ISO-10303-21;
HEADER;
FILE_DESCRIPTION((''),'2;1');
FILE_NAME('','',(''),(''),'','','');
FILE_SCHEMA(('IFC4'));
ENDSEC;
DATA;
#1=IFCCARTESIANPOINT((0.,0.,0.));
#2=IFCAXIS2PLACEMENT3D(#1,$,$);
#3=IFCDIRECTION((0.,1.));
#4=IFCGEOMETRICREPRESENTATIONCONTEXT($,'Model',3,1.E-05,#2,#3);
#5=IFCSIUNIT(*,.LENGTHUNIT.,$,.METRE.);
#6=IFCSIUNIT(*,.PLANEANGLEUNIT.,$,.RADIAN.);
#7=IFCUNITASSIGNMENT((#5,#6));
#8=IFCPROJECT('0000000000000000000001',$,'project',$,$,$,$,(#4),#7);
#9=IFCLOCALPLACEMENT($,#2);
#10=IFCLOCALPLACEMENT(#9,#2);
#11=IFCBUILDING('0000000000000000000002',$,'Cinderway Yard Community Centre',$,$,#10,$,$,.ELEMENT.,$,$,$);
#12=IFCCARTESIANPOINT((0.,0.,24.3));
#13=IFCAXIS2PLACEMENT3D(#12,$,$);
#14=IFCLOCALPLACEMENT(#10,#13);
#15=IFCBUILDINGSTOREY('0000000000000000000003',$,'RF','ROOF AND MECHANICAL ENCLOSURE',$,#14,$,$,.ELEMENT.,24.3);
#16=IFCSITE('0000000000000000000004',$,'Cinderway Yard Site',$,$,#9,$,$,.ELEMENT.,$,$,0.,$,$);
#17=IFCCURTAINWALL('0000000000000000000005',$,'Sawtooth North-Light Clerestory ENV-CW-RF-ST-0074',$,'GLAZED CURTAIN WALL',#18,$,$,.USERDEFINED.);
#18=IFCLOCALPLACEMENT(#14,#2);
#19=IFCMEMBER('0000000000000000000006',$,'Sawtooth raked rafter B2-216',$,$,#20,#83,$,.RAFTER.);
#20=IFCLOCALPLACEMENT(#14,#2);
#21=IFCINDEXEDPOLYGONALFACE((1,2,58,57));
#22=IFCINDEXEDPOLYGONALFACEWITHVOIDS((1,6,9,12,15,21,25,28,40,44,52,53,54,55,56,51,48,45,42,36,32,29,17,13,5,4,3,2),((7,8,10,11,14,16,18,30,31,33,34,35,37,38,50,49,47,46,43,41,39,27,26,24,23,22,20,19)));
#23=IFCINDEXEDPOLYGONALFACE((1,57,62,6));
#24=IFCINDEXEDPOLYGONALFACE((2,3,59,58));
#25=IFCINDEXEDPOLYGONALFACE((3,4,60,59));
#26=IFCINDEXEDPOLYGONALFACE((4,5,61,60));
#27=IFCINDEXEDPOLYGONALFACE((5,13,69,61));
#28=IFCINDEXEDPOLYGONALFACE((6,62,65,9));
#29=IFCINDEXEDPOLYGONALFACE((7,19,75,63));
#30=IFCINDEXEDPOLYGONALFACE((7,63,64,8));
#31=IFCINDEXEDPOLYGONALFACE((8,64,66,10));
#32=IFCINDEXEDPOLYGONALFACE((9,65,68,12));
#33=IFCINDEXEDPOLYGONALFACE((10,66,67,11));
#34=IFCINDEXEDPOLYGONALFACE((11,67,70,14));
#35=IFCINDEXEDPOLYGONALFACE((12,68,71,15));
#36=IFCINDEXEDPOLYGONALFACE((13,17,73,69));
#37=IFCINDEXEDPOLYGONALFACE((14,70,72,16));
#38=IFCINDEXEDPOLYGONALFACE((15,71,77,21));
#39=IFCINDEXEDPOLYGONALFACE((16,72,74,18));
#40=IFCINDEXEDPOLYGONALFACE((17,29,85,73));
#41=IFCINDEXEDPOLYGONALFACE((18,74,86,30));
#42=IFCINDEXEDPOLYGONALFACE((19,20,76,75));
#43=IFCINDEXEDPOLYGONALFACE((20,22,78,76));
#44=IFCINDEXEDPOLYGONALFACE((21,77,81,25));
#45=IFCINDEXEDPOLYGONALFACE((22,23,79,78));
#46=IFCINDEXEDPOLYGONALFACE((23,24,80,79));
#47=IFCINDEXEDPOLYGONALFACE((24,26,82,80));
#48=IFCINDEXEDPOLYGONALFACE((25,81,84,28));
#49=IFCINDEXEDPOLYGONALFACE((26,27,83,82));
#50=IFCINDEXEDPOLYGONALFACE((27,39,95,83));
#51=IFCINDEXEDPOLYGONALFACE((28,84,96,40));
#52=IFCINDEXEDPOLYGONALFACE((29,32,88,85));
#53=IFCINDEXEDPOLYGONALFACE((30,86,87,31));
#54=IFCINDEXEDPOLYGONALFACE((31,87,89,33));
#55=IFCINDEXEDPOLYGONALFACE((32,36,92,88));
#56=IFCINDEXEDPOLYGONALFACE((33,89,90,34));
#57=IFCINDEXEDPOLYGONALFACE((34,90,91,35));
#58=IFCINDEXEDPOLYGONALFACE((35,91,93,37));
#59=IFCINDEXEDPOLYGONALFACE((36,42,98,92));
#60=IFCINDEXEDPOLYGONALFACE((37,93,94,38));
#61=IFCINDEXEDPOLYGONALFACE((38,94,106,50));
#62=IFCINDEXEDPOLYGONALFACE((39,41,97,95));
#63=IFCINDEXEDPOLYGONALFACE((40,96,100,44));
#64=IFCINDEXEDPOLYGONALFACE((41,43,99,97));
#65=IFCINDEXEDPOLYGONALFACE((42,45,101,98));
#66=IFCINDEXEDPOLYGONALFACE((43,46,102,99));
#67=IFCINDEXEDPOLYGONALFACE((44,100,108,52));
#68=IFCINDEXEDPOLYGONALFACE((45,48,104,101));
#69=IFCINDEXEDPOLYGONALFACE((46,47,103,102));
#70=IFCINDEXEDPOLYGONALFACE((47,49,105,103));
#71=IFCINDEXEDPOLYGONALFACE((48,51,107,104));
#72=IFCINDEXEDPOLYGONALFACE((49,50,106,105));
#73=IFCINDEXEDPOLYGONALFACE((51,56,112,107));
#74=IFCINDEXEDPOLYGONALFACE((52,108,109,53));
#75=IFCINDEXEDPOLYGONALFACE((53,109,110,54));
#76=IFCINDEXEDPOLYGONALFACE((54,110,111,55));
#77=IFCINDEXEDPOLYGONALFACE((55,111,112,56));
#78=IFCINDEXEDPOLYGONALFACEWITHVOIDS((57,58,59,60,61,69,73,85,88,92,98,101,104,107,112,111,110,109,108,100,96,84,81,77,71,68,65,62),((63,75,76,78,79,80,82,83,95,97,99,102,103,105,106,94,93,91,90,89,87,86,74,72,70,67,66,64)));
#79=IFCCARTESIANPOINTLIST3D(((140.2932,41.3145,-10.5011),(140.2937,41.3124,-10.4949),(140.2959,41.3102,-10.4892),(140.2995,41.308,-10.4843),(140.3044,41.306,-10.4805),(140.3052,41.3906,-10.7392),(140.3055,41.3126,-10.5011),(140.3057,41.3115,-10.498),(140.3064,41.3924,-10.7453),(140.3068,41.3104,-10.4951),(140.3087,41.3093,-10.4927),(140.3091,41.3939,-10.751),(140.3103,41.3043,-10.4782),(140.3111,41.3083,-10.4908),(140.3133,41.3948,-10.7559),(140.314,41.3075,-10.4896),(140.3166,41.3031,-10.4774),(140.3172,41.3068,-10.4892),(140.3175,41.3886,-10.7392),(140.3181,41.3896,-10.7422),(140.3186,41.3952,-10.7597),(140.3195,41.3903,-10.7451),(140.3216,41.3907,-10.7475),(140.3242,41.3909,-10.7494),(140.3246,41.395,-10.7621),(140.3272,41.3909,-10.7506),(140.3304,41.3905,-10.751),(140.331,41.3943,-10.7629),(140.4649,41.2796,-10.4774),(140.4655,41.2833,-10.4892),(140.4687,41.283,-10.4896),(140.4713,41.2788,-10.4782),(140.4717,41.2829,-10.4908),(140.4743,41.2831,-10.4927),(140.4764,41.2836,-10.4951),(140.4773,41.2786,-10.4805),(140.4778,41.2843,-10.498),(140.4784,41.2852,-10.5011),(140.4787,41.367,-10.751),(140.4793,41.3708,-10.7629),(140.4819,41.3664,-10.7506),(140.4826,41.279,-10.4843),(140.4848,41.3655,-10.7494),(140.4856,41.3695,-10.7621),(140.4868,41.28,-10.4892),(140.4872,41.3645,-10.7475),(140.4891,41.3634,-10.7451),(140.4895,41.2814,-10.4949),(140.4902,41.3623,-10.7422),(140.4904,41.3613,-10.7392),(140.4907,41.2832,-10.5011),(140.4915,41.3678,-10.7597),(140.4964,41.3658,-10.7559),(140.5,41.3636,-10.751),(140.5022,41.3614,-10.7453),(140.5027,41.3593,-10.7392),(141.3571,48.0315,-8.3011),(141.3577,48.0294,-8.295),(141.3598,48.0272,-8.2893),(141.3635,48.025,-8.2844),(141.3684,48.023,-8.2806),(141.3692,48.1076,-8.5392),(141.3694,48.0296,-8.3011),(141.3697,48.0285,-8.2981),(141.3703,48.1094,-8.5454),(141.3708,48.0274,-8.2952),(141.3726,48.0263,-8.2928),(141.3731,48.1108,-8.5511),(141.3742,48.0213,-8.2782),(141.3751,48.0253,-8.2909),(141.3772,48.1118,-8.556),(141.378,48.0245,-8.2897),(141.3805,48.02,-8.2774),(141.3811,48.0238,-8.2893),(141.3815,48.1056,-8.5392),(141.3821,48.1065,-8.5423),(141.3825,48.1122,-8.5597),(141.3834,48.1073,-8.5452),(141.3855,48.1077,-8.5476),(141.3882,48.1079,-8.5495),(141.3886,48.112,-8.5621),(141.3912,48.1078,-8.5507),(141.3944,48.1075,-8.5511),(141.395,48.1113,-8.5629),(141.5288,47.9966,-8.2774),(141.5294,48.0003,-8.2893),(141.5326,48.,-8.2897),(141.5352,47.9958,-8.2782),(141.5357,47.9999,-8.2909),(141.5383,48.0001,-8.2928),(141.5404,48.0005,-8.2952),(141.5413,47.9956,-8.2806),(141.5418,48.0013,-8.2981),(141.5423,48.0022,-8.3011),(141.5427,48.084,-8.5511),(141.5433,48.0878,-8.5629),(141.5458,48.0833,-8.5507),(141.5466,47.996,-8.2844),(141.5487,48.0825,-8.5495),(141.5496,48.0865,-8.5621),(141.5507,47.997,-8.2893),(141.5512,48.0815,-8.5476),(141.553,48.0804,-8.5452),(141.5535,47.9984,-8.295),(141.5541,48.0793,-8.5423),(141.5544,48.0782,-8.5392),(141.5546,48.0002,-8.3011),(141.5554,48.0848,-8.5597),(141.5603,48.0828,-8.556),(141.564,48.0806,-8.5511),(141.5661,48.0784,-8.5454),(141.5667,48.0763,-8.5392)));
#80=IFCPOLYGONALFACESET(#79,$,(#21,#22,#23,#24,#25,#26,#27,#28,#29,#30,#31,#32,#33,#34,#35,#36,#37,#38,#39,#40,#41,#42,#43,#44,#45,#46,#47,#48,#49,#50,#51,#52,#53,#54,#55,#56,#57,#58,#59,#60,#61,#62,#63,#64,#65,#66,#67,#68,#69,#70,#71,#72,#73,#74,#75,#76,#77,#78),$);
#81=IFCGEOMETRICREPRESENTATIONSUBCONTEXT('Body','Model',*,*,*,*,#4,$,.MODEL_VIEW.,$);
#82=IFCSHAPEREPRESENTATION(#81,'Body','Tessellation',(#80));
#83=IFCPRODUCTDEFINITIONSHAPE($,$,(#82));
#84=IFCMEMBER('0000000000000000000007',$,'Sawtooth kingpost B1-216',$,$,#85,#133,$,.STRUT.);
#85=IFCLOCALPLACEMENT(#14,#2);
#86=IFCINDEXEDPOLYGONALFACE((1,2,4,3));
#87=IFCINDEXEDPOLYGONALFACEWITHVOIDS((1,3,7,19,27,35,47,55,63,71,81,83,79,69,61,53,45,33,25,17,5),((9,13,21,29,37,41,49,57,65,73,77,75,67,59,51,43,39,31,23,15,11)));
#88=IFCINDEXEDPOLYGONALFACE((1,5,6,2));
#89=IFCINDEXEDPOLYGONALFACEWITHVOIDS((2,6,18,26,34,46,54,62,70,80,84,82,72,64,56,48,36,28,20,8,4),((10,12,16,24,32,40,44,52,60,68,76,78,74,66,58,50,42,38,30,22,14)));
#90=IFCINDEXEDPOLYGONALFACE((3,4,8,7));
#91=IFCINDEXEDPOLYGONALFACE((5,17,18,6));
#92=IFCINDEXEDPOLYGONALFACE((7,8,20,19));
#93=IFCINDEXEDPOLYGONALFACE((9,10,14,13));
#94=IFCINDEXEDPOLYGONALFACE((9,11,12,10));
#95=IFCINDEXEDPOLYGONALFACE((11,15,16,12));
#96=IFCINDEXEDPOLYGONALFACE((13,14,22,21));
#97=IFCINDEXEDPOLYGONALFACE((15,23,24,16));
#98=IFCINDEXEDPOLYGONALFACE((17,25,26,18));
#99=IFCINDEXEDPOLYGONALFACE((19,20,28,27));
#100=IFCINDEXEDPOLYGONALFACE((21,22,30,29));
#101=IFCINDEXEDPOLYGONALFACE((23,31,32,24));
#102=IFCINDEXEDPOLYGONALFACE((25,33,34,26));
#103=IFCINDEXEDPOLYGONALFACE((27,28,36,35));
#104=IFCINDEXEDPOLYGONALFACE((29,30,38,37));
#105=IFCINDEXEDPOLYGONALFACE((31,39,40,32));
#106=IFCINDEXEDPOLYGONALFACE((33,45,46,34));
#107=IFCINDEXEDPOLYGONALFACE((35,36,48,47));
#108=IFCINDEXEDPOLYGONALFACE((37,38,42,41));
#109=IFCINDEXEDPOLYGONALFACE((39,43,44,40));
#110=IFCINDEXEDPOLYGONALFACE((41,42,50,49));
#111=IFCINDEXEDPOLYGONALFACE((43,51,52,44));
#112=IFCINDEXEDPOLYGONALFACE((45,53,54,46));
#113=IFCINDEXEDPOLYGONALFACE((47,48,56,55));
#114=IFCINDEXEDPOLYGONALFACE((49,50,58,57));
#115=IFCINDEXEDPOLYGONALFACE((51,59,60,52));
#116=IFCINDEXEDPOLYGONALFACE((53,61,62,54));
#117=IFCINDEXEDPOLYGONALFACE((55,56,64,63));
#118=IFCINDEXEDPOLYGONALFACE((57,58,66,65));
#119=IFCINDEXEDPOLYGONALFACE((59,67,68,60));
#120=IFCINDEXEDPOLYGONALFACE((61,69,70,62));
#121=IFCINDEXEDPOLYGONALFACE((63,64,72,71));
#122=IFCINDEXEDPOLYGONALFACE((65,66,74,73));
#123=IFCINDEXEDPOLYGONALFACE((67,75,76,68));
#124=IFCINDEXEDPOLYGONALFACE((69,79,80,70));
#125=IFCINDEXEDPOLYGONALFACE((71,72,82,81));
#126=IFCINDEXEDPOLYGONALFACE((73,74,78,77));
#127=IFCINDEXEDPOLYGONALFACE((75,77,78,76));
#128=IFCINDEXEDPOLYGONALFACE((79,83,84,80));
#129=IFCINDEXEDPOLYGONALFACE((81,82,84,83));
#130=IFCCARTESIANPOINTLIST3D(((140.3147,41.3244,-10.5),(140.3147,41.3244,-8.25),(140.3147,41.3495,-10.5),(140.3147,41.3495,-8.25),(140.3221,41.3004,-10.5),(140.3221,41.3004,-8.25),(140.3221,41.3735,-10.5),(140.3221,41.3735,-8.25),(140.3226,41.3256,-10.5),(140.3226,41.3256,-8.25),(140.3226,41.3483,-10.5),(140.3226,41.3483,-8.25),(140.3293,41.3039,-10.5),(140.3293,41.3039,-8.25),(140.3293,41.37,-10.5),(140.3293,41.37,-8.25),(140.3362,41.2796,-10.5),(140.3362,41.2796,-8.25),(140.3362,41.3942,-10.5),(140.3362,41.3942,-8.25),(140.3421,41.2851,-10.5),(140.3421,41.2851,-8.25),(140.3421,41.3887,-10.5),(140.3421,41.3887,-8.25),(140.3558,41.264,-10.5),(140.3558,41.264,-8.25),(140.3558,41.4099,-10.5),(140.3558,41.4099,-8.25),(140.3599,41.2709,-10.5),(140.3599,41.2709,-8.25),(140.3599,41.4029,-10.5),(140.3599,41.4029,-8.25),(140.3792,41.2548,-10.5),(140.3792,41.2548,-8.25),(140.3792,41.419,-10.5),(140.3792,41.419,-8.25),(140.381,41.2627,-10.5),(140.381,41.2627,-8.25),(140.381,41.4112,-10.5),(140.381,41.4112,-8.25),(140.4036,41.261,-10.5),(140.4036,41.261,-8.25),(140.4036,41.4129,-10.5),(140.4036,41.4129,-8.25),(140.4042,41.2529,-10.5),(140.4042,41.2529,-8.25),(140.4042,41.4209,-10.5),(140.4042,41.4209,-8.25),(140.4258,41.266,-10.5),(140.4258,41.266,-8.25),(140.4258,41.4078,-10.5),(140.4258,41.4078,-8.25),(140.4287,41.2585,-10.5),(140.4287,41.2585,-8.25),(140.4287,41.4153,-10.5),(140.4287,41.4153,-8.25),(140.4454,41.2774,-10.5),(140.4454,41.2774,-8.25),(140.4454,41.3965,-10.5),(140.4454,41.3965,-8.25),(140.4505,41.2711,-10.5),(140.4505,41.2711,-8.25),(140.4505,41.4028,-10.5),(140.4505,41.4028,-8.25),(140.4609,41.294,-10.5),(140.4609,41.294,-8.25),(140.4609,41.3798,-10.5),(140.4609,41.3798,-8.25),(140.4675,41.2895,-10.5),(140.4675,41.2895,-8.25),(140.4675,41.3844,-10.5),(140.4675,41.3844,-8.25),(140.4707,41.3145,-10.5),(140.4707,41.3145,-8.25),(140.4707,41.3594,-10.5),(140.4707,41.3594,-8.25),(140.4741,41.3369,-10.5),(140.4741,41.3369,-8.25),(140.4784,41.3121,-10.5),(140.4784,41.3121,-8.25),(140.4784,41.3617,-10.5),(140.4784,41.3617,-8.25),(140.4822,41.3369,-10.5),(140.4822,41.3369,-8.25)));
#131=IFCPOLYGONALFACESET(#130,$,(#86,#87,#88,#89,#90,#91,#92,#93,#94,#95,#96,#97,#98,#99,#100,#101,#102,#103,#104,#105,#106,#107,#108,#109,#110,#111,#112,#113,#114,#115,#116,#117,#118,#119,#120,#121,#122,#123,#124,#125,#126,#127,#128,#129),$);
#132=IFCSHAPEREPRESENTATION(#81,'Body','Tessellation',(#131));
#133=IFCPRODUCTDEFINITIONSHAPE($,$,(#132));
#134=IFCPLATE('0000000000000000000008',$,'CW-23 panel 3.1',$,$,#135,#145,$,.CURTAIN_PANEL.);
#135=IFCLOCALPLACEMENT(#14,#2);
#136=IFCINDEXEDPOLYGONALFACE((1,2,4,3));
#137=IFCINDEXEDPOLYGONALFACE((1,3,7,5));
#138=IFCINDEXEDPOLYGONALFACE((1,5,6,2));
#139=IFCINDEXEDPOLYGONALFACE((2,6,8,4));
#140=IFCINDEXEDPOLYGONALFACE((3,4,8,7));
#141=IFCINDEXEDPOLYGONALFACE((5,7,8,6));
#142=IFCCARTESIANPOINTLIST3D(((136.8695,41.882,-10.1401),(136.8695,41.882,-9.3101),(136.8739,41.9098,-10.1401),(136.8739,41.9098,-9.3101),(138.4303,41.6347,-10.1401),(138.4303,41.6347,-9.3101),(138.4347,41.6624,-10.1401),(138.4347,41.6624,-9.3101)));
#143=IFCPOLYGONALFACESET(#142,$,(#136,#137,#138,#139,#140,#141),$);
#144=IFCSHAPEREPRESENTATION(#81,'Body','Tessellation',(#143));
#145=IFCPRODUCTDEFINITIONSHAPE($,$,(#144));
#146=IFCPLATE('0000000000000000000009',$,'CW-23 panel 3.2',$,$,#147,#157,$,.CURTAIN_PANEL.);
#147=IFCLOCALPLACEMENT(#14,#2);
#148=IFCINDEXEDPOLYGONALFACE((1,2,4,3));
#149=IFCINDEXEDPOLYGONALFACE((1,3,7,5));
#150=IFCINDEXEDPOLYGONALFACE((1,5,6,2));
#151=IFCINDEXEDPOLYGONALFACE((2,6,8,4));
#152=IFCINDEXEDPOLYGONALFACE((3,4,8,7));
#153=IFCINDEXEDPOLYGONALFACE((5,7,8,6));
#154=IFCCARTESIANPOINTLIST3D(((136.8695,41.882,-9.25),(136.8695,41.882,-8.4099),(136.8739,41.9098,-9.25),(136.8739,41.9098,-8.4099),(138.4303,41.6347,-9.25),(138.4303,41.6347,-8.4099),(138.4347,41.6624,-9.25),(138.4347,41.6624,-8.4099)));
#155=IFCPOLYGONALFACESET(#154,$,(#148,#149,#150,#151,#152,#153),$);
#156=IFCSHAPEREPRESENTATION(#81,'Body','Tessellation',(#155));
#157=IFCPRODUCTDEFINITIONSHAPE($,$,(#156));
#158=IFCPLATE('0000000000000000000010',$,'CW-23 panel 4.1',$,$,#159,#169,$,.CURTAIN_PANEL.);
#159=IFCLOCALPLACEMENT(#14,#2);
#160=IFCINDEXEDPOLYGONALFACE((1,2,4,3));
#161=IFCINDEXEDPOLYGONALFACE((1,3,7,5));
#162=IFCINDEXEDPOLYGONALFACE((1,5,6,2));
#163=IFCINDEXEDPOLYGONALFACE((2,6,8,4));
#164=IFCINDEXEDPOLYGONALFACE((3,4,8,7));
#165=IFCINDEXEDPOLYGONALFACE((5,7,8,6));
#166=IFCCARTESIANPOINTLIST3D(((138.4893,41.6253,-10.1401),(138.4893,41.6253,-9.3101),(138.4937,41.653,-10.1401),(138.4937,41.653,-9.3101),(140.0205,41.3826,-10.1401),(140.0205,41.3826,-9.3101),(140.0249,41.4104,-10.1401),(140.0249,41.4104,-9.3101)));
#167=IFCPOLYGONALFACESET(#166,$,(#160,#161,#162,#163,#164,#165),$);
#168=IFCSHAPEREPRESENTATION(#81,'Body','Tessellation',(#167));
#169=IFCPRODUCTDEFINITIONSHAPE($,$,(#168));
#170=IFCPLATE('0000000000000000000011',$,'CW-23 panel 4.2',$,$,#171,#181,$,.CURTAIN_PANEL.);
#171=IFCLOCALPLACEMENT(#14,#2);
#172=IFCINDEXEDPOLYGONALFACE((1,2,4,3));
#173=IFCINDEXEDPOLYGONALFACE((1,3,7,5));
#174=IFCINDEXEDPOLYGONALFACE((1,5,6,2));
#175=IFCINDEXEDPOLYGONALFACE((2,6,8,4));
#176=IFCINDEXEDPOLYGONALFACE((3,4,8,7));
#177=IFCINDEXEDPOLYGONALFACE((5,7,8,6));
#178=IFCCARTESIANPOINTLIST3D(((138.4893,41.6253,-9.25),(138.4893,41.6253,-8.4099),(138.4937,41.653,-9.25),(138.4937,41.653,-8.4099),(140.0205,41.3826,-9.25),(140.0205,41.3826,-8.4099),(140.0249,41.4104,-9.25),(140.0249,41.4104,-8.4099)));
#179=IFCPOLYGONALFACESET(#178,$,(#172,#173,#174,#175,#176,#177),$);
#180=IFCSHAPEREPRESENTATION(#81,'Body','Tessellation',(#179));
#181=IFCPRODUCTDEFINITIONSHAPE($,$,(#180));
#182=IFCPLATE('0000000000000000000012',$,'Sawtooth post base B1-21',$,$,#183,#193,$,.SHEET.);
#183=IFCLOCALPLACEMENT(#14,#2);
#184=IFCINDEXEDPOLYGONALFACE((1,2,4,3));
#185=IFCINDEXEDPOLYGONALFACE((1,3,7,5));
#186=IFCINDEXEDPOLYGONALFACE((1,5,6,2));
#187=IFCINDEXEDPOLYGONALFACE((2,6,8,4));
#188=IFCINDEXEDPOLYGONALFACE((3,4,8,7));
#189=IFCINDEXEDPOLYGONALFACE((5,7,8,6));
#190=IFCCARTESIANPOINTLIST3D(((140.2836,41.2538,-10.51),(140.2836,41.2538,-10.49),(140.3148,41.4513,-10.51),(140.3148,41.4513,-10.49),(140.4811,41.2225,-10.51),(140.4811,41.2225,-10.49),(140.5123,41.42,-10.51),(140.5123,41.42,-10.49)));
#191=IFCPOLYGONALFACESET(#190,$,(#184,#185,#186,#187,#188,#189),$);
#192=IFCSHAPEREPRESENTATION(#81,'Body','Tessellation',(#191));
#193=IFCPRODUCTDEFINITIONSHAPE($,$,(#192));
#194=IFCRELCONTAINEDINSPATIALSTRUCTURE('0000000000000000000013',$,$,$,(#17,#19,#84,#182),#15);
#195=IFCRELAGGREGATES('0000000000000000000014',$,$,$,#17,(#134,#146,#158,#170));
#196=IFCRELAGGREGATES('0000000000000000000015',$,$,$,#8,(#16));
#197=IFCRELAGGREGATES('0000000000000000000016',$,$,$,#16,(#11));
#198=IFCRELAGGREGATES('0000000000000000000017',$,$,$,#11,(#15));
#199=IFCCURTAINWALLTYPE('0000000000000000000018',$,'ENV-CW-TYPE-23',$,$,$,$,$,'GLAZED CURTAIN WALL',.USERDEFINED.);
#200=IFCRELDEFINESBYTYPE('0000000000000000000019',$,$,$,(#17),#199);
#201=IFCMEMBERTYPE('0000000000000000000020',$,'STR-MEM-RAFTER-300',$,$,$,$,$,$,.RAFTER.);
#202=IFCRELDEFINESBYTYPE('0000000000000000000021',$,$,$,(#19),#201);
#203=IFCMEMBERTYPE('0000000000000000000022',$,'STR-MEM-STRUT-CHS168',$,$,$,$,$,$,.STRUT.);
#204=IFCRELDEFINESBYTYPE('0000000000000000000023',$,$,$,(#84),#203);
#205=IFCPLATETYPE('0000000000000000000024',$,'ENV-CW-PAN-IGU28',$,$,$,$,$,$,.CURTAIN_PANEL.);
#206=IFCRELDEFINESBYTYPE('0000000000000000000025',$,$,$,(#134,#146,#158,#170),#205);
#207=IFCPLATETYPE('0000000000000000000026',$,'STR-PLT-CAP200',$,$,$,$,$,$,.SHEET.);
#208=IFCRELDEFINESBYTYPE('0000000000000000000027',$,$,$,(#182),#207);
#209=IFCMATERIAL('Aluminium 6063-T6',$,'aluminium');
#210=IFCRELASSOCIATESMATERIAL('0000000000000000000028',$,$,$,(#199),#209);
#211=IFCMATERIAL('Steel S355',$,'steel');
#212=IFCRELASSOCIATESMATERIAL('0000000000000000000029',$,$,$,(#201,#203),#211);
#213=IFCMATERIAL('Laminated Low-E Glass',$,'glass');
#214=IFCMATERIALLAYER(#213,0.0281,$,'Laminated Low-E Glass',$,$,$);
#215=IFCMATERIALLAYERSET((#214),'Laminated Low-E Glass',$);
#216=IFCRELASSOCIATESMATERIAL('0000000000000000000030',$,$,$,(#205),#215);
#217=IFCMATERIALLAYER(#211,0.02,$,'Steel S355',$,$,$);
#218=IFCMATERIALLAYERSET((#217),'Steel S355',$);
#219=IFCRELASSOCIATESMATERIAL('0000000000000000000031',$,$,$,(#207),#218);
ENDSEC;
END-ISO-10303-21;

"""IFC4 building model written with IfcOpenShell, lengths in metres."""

from ifc_helpers import new_model, si_unit, direction, frame, origin, origin_2d, place, context, subcontext, project, spatial, rectangle, hollow_rectangle, hollow_circle, extrude, material, layer, layer_set, material_profile, profile_set, type_object, element, aggregate, save


model = new_model("IFC4")

# Units and contexts
model_context = context("Model", 3, precision=1e-05, world=origin(), true_north=direction((0.0, 1.0)))
body_context = subcontext(model_context, "Body", "Model", "MODEL_VIEW")
ifc_project = project(units=[si_unit("LENGTHUNIT", "METRE"), si_unit("PLANEANGLEUNIT", "RADIAN")], contexts=[model_context])

# Site, building, storey
site_placement = place(None, origin())
site = spatial("IfcSite", under=ifc_project, at=site_placement, Name="Cinderway Yard Site", CompositionType="ELEMENT", RefElevation=0.0)
building_placement = place(site_placement, origin())
building = spatial("IfcBuilding", under=site, at=building_placement, Name="Cinderway Yard Community Centre", CompositionType="ELEMENT")
storey_placement = place(building_placement, frame((0.0, 0.0, 24.3)))
storey = spatial("IfcBuildingStorey", under=building, at=storey_placement, Name="RF", Description="ROOF AND MECHANICAL ENCLOSURE", CompositionType="ELEMENT", Elevation=24.3)

# Shared definitions
ifc_material_1 = material(Name="Steel S355", Category="steel")

# Curtain wall
ifc_material_2 = material(Name="Aluminium 6063-T6", Category="aluminium")
curtain_wall_type = type_object("IfcCurtainWallType", Name="ENV-CW-TYPE-23", ElementType="GLAZED CURTAIN WALL", PredefinedType="USERDEFINED", material=ifc_material_2)
curtain_wall_placement = place(storey_placement, origin())
curtain_wall = element("IfcCurtainWall", 1, at=curtain_wall_placement, inside=storey, type_object=curtain_wall_type, Name="Sawtooth North-Light Clerestory ENV-CW-RF-ST-0074", ObjectType="GLAZED CURTAIN WALL", PredefinedType="USERDEFINED")

# Members
ifc_material_profile_1 = material_profile(ifc_material_1, hollow_rectangle(XDim=0.2, YDim=0.3, WallThickness=0.0125, InnerFilletRadius=0.0125, OuterFilletRadius=0.0249, at=origin_2d()), Name="Steel S355")
ifc_profile_set_1 = profile_set([ifc_material_profile_1], Name="Steel S355")
member_type_1 = type_object("IfcMemberType", Name="STR-MEM-RAFTER-300", PredefinedType="RAFTER", material=ifc_profile_set_1)
member_1_placement = place(storey_placement, frame((140.3979, 41.3369, -10.6201), z_axis=(0.148853, 0.939741, 0.307782), x_axis=(-0.987686, 0.156447, 0.0)))
element("IfcMember", 2, at=member_1_placement, inside=storey, type_object=member_type_1, Name="Sawtooth raked rafter B2-216", PredefinedType="RAFTER", context=body_context, shape_type="SweptSolid", body=[
    extrude(hollow_rectangle(XDim=0.2, YDim=0.3, WallThickness=0.0125, InnerFilletRadius=0.0125, OuterFilletRadius=0.0249, at=origin_2d()), origin(), (0.0, 0.0, 1.0), 7.1477),
])
ifc_material_profile_2 = material_profile(ifc_material_1, hollow_circle(Radius=0.0842, WallThickness=0.0081, at=origin_2d()), Name="Steel S355")
ifc_profile_set_2 = profile_set([ifc_material_profile_2], Name="Steel S355")
member_type_2 = type_object("IfcMemberType", Name="STR-MEM-STRUT-CHS168", PredefinedType="STRUT", material=ifc_profile_set_2)
member_2_placement = place(storey_placement, frame((140.3979, 41.3369, -10.5), z_axis=(0.0, 0.0, 1.0), x_axis=(1.0, 0.0, 0.0)))
element("IfcMember", 3, at=member_2_placement, inside=storey, type_object=member_type_2, Name="Sawtooth kingpost B1-216", PredefinedType="STRUT", context=body_context, shape_type="SweptSolid", body=[
    extrude(hollow_circle(Radius=0.0842, WallThickness=0.0081, at=origin_2d()), origin(), (0.0, 0.0, 1.0), 2.25),
])

# Plates
ifc_material_3 = material(Name="Laminated Low-E Glass", Category="glass")
ifc_layer_1 = layer(ifc_material_3, 0.0281, Name="Laminated Low-E Glass")
ifc_layer_set_1 = layer_set([ifc_layer_1], Name="Laminated Low-E Glass")
plate_type_1 = type_object("IfcPlateType", Name="ENV-CW-PAN-IGU28", PredefinedType="CURTAIN_PANEL", material=ifc_layer_set_1)
plate_1_placement = place(storey_placement, frame((137.6521, 41.7722, -10.1401), z_axis=(0.0, 0.0, 1.0), x_axis=(0.987673, -0.156534, 0.0)))
plate_1 = element("IfcPlate", 4, at=plate_1_placement, type_object=plate_type_1, Name="CW-23 panel 3.1", PredefinedType="CURTAIN_PANEL", context=body_context, shape_type="SweptSolid", body=[
    extrude(rectangle(XDim=1.5803, YDim=0.0281, at=origin_2d()), origin(), (0.0, 0.0, 1.0), 0.8301),
])
plate_2_placement = place(storey_placement, frame((137.6521, 41.7722, -9.25), z_axis=(0.0, 0.0, 1.0), x_axis=(0.987673, -0.156534, 0.0)))
plate_2 = element("IfcPlate", 5, at=plate_2_placement, type_object=plate_type_1, Name="CW-23 panel 3.2", PredefinedType="CURTAIN_PANEL", context=body_context, shape_type="SweptSolid", body=[
    extrude(rectangle(XDim=1.5803, YDim=0.0281, at=origin_2d()), origin(), (0.0, 0.0, 1.0), 0.8401),
])
plate_3_placement = place(storey_placement, frame((139.2571, 41.5178, -10.1401), z_axis=(0.0, 0.0, 1.0), x_axis=(0.987673, -0.156534, 0.0)))
plate_3 = element("IfcPlate", 6, at=plate_3_placement, type_object=plate_type_1, Name="CW-23 panel 4.1", PredefinedType="CURTAIN_PANEL", context=body_context, shape_type="SweptSolid", body=[
    extrude(rectangle(XDim=1.5503, YDim=0.0281, at=origin_2d()), origin(), (0.0, 0.0, 1.0), 0.8301),
])
plate_4_placement = place(storey_placement, frame((139.2571, 41.5178, -9.25), z_axis=(0.0, 0.0, 1.0), x_axis=(0.987673, -0.156534, 0.0)))
plate_4 = element("IfcPlate", 7, at=plate_4_placement, type_object=plate_type_1, Name="CW-23 panel 4.2", PredefinedType="CURTAIN_PANEL", context=body_context, shape_type="SweptSolid", body=[
    extrude(rectangle(XDim=1.5503, YDim=0.0281, at=origin_2d()), origin(), (0.0, 0.0, 1.0), 0.8401),
])
aggregate(curtain_wall, [plate_1, plate_2, plate_3, plate_4])

# Plate
ifc_layer_2 = layer(ifc_material_1, 0.02, Name="Steel S355")
ifc_layer_set_2 = layer_set([ifc_layer_2], Name="Steel S355")
plate_type_2 = type_object("IfcPlateType", Name="STR-PLT-CAP200", PredefinedType="SHEET", material=ifc_layer_set_2)
for number, where, z_axis, x_axis, name in (
    (8, (140.3979, 41.3369, -10.51), (0.0, 0.0, 1.0), (0.987688, -0.156434, 0.0), "Sawtooth post base B1-21"),
):
    element("IfcPlate", number, at=place(storey_placement, frame(where, z_axis=z_axis, x_axis=x_axis)), inside=storey, type_object=plate_type_2, Name=name, PredefinedType="SHEET", context=body_context, shape_type="SweptSolid", body=[
        extrude(rectangle(XDim=0.2, YDim=0.2, at=origin_2d()), origin(), (0.0, 0.0, 1.0), 0.02),
    ])

save(model, "model.ifc")
